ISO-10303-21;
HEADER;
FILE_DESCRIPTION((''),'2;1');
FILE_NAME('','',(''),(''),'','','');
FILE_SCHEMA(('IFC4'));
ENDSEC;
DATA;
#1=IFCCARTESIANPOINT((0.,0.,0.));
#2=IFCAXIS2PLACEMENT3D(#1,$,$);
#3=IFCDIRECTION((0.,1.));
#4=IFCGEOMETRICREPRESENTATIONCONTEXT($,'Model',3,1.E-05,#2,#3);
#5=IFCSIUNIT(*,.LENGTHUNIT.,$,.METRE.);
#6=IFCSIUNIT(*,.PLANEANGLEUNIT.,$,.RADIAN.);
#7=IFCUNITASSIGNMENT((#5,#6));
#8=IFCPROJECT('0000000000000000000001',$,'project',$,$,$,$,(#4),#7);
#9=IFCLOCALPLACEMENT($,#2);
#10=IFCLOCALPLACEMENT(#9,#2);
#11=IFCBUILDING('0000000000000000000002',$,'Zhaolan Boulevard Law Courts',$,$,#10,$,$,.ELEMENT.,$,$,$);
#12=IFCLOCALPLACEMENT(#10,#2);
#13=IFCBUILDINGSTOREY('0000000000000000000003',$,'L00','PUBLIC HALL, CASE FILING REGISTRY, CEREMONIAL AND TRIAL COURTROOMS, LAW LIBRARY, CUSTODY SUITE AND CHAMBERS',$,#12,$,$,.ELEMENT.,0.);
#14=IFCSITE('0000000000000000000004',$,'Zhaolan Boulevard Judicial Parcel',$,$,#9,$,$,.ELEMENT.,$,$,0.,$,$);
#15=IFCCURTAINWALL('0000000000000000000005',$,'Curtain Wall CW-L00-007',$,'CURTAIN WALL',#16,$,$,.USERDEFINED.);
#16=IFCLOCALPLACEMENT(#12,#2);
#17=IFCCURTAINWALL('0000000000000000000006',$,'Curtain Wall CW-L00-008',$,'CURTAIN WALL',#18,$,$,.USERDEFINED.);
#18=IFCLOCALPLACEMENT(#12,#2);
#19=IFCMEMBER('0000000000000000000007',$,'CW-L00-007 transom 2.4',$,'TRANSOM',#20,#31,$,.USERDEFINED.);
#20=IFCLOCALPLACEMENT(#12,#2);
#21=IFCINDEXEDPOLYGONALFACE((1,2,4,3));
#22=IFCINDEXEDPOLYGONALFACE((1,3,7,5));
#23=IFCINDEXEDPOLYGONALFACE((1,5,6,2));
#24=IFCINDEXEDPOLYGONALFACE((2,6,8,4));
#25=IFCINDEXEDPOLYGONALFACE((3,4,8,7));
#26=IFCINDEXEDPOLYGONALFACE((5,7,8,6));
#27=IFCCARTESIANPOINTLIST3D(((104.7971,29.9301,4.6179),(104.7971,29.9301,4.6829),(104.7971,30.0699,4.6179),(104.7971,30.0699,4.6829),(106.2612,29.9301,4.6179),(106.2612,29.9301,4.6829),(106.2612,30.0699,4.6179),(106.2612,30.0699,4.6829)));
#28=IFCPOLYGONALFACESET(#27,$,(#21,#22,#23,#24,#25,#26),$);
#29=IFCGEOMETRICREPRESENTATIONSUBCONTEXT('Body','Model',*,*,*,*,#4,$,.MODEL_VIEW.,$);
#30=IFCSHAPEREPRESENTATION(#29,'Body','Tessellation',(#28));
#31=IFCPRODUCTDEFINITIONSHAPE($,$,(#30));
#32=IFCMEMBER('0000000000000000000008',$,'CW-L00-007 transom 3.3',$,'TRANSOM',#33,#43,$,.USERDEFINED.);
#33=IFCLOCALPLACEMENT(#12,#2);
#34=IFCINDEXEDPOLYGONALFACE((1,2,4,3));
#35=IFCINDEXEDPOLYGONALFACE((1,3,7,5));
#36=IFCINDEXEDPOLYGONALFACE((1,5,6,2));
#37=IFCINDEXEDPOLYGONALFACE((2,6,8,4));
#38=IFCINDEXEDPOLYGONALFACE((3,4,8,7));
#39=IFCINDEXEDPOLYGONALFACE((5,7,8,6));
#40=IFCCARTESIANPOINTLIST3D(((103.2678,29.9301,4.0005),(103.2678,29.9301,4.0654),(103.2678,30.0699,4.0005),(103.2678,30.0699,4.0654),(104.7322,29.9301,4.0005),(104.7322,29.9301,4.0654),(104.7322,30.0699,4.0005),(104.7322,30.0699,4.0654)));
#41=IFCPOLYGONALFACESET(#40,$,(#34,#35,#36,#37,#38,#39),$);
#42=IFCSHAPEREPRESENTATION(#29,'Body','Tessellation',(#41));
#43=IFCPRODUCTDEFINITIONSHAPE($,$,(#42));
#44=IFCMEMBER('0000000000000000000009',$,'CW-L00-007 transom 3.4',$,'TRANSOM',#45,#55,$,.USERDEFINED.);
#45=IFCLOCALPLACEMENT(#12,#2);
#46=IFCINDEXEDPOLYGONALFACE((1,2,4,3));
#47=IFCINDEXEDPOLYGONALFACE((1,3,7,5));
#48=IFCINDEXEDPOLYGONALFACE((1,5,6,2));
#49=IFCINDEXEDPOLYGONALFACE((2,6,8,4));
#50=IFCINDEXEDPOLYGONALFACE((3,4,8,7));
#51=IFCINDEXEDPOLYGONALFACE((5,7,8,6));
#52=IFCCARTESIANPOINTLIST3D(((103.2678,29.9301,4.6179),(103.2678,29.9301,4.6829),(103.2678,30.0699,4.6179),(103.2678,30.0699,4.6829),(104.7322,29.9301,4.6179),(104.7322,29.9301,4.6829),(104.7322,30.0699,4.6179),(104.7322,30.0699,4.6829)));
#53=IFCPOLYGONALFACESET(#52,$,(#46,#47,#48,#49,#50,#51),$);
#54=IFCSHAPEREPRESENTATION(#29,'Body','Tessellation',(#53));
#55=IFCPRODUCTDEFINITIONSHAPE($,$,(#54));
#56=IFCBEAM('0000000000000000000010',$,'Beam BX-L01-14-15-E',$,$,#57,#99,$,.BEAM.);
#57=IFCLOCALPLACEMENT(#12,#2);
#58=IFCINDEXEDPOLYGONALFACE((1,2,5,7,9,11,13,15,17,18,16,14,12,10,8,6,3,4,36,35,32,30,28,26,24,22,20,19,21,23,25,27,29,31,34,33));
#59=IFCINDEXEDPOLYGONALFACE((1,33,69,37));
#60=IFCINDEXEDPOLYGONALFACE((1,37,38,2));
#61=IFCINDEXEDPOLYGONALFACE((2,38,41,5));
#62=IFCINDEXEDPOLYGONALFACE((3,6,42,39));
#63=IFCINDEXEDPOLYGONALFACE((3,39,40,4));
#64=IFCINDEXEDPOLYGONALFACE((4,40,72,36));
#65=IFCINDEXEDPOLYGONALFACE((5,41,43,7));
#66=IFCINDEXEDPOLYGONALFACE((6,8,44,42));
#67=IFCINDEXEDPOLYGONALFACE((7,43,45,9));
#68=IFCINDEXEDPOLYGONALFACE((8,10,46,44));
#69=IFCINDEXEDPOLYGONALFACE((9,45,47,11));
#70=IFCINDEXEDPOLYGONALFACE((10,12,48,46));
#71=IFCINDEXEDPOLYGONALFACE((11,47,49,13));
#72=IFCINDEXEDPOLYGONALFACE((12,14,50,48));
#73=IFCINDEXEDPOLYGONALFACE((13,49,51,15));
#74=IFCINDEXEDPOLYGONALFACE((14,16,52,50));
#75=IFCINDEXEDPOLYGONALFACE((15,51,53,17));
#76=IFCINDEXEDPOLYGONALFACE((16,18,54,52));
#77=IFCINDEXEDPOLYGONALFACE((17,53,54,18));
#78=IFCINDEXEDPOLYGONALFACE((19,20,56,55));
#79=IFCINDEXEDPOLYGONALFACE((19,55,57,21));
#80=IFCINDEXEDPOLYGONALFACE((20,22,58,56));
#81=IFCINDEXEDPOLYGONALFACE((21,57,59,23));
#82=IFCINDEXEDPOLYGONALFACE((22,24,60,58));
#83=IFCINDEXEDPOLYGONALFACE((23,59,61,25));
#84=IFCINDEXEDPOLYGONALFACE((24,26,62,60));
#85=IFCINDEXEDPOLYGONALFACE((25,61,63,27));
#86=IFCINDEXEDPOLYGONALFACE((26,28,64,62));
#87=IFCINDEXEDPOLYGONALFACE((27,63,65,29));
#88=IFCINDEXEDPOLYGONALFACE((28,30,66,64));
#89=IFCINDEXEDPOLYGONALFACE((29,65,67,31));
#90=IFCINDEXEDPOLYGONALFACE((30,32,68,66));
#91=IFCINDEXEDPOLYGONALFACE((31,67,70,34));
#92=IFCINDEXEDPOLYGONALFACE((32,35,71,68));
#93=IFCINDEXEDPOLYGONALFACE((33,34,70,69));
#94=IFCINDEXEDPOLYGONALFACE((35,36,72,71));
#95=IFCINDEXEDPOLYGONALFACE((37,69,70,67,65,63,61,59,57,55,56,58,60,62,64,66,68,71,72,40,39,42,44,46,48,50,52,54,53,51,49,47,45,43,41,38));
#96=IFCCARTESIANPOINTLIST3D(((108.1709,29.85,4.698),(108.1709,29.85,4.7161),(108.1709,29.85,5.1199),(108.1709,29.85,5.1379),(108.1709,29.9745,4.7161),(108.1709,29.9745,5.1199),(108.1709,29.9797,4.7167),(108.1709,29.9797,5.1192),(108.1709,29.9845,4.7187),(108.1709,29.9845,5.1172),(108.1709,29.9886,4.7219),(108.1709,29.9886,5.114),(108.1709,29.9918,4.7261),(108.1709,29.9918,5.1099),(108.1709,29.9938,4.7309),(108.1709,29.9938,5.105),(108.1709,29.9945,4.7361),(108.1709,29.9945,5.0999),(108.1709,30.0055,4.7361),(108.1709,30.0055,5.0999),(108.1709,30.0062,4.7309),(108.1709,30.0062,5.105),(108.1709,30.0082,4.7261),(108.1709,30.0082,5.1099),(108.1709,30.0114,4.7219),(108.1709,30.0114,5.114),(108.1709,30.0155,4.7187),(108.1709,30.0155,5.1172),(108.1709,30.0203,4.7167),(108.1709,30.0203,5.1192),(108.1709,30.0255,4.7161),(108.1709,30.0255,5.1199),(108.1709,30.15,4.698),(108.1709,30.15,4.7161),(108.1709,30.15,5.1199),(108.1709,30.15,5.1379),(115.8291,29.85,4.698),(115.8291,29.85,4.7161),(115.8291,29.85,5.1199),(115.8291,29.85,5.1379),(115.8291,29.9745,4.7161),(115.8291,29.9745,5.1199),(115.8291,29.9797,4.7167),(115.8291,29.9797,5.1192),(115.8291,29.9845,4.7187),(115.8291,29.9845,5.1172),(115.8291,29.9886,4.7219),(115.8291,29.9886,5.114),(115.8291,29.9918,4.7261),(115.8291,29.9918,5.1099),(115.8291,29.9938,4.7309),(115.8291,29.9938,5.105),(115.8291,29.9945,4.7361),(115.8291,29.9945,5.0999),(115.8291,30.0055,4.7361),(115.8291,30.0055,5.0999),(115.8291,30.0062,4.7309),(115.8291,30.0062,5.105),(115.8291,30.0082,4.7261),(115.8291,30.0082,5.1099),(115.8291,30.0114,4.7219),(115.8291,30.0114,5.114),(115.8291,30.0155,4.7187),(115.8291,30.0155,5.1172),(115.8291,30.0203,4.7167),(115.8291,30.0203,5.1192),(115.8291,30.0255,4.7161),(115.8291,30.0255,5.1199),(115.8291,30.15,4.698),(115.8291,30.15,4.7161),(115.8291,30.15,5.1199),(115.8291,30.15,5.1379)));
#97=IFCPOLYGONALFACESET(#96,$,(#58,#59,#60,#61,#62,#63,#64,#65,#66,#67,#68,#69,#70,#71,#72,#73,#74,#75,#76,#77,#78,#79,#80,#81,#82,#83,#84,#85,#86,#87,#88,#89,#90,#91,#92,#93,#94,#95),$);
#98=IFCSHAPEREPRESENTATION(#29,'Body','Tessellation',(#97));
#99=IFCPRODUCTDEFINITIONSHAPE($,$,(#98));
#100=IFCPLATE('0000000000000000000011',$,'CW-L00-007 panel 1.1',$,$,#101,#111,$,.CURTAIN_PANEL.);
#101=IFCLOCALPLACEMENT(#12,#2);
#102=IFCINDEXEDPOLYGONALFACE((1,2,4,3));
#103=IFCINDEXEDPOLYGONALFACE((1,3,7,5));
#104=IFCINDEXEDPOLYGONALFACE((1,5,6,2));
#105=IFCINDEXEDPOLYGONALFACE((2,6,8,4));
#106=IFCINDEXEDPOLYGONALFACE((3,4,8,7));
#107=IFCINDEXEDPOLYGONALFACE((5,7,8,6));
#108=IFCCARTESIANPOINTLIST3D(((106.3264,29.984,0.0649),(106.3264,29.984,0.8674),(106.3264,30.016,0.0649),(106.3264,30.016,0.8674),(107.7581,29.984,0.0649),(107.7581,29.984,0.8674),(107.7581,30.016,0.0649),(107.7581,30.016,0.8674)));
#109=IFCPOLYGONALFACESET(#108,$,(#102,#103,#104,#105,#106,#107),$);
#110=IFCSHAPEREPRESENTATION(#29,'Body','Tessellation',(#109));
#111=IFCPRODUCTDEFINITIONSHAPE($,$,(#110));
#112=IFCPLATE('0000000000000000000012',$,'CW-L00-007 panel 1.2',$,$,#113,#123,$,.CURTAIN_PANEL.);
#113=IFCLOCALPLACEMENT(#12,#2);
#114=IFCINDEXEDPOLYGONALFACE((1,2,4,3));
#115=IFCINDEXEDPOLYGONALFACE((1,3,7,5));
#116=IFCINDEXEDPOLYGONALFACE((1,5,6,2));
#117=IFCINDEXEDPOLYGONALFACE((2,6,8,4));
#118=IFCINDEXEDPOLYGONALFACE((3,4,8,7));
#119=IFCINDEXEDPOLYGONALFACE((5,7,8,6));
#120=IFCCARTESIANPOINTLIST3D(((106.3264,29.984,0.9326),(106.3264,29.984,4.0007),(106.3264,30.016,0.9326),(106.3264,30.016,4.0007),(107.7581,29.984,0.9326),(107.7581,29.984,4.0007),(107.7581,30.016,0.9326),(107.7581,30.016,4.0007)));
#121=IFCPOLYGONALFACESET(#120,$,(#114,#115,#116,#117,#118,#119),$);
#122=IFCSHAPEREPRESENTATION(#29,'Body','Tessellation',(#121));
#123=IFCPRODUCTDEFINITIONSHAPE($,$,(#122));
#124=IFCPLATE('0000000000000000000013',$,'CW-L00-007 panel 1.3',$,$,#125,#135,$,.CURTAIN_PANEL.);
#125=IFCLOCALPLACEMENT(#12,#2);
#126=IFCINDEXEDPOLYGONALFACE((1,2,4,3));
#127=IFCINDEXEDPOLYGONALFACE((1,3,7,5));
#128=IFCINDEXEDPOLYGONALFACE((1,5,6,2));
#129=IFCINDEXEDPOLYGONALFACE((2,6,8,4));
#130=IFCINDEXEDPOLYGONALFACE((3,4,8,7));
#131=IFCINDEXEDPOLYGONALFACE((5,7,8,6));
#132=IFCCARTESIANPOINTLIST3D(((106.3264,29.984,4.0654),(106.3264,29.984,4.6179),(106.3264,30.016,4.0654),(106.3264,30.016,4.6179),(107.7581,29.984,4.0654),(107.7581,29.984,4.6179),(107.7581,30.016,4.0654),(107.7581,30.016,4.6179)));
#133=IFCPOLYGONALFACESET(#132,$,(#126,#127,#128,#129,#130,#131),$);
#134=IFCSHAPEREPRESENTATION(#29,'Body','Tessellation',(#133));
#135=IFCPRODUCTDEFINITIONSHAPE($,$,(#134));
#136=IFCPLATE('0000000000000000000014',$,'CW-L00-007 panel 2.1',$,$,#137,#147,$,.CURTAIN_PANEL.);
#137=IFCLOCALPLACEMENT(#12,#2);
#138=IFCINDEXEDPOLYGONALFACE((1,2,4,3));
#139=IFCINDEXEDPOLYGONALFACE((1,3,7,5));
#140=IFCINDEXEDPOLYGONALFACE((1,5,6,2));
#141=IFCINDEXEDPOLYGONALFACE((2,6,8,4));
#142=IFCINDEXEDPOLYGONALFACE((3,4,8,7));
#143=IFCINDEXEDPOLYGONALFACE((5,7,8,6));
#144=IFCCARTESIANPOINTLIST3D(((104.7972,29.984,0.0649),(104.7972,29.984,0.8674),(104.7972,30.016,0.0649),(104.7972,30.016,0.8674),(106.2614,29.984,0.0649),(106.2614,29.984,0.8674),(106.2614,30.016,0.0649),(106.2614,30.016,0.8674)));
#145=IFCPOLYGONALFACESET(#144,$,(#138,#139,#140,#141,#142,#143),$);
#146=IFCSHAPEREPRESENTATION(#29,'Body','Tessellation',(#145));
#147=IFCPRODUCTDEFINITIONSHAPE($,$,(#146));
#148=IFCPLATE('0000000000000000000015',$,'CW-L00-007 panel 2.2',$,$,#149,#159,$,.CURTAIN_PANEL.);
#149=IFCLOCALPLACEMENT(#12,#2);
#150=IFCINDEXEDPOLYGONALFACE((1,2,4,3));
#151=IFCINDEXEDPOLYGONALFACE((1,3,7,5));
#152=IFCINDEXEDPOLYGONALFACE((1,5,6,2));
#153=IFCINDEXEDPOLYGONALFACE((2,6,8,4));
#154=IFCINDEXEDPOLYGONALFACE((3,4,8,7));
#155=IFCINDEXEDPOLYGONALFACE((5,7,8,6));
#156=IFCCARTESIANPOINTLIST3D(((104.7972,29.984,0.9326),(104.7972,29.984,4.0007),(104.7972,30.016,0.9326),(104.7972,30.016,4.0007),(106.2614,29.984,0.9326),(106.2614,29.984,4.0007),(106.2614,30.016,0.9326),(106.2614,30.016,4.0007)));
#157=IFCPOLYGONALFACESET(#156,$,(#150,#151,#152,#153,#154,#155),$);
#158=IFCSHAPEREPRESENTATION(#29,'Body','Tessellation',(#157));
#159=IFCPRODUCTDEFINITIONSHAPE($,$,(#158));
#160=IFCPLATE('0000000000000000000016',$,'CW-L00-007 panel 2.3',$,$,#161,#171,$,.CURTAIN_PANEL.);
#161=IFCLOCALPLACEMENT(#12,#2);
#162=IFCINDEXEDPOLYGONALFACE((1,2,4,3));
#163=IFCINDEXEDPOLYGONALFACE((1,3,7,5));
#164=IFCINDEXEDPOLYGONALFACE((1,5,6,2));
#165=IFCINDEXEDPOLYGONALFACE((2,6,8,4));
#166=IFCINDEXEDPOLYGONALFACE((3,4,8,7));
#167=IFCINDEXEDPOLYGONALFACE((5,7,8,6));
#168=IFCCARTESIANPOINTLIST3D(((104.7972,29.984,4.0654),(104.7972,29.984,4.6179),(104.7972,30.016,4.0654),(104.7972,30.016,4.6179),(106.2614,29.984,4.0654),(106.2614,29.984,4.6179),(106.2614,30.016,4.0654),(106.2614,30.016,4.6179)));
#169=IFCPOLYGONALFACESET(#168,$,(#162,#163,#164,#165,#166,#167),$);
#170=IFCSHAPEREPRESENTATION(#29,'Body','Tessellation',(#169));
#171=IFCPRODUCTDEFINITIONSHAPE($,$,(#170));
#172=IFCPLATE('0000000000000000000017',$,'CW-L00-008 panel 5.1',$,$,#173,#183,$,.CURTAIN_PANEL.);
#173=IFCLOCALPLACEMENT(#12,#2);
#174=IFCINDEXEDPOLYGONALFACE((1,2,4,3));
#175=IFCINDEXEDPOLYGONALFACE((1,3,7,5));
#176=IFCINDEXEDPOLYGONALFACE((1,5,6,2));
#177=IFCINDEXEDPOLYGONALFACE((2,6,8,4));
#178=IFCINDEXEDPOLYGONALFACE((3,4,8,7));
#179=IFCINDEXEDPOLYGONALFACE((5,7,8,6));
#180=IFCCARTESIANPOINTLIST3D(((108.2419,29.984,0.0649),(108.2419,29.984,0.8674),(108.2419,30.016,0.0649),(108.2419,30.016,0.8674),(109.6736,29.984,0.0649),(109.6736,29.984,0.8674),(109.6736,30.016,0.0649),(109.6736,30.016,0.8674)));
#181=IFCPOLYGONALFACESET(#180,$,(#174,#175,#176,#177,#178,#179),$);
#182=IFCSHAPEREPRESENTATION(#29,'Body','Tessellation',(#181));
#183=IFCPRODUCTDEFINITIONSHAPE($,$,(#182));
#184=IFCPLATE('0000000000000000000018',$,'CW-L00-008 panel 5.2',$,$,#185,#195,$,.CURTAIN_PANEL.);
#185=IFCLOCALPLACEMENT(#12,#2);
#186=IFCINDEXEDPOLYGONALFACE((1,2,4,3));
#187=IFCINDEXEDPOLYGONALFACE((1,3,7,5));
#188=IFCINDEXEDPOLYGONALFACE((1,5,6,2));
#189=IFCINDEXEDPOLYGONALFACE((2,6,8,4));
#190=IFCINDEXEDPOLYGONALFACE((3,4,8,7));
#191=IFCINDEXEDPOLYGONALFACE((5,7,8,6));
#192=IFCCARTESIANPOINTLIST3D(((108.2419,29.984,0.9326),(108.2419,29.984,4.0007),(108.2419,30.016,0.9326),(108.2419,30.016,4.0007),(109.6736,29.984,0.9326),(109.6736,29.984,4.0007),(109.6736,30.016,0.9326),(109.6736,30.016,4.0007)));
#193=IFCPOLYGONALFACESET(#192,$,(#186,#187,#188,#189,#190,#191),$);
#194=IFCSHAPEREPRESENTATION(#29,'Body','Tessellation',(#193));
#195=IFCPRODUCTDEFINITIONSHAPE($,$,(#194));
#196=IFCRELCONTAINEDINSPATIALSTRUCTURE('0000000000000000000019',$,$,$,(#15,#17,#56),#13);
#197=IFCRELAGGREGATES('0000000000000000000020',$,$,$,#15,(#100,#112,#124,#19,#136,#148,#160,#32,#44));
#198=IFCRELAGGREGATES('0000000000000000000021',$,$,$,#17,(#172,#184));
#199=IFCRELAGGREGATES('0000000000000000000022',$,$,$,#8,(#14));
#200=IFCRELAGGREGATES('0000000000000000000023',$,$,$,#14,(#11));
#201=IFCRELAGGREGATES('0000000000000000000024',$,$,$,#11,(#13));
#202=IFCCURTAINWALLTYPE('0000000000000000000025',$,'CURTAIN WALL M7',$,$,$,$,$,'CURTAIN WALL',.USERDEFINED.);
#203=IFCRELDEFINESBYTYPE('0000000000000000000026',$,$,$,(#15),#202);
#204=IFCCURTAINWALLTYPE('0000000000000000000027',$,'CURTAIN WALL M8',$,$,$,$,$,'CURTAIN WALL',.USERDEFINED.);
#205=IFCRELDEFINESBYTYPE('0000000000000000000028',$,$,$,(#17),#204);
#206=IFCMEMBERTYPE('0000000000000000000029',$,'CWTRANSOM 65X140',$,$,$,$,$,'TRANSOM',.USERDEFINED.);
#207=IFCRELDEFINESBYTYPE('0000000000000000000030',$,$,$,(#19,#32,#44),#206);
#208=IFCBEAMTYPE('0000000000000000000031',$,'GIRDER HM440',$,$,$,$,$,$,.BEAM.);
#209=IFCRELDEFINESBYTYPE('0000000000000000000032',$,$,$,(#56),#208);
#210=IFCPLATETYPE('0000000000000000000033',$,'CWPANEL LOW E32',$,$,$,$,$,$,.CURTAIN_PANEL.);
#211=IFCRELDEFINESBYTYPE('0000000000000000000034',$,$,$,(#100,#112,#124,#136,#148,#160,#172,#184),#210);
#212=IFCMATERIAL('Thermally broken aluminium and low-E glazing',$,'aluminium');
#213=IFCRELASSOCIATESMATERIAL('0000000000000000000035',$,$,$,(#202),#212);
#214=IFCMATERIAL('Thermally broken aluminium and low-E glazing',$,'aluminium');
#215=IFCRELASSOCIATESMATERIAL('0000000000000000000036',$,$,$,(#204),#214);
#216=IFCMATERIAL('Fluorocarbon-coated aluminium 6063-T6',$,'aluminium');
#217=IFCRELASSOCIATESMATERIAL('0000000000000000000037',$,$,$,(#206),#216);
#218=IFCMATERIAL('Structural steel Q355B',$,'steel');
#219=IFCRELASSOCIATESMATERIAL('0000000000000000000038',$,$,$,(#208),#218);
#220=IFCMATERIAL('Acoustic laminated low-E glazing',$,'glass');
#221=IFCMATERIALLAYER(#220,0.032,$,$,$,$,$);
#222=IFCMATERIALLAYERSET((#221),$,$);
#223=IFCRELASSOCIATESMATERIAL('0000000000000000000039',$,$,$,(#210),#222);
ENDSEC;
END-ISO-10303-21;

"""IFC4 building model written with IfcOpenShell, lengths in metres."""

from ifc_helpers import new_model, si_unit, direction, frame, origin, origin_2d, place, context, subcontext, project, spatial, rectangle, i_section, extrude, material, layer, layer_set, material_profile, profile_set, type_object, element, aggregate, save


model = new_model("IFC4")

# Units and contexts
model_context = context("Model", 3, precision=1e-05, world=origin(), true_north=direction((0.0, 1.0)))
body_context = subcontext(model_context, "Body", "Model", "MODEL_VIEW")
ifc_project = project(units=[si_unit("LENGTHUNIT", "METRE"), si_unit("PLANEANGLEUNIT", "RADIAN")], contexts=[model_context])

# Site, building, storey
site_placement = place(None, origin())
site = spatial("IfcSite", under=ifc_project, at=site_placement, Name="Zhaolan Boulevard Judicial Parcel", CompositionType="ELEMENT", RefElevation=0.0)
building_placement = place(site_placement, origin())
building = spatial("IfcBuilding", under=site, at=building_placement, Name="Zhaolan Boulevard Law Courts", CompositionType="ELEMENT")
storey_placement = place(building_placement, origin())
storey = spatial("IfcBuildingStorey", under=building, at=storey_placement, Name="L00", Description="PUBLIC HALL, CASE FILING REGISTRY, CEREMONIAL AND TRIAL COURTROOMS, LAW LIBRARY, CUSTODY SUITE AND CHAMBERS", CompositionType="ELEMENT", Elevation=0.0)

# Curtain wall
ifc_material_1 = material(Name="Thermally broken aluminium and low-E glazing", Category="aluminium")
curtain_wall_type_1 = type_object("IfcCurtainWallType", Name="CURTAIN WALL M7", ElementType="CURTAIN WALL", PredefinedType="USERDEFINED", material=ifc_material_1)
curtain_wall_1_placement = place(storey_placement, origin())
curtain_wall_1 = element("IfcCurtainWall", 1, at=curtain_wall_1_placement, inside=storey, type_object=curtain_wall_type_1, Name="Curtain Wall CW-L00-007", ObjectType="CURTAIN WALL", PredefinedType="USERDEFINED")

# Curtain wall
ifc_material_2 = material(Name="Thermally broken aluminium and low-E glazing", Category="aluminium")
curtain_wall_type_2 = type_object("IfcCurtainWallType", Name="CURTAIN WALL M8", ElementType="CURTAIN WALL", PredefinedType="USERDEFINED", material=ifc_material_2)
curtain_wall_2_placement = place(storey_placement, origin())
curtain_wall_2 = element("IfcCurtainWall", 2, at=curtain_wall_2_placement, inside=storey, type_object=curtain_wall_type_2, Name="Curtain Wall CW-L00-008", ObjectType="CURTAIN WALL", PredefinedType="USERDEFINED")

# Members
ifc_material_3 = material(Name="Fluorocarbon-coated aluminium 6063-T6", Category="aluminium")
ifc_material_profile_1 = material_profile(ifc_material_3, rectangle(XDim=0.1399, YDim=0.0649, at=origin_2d()), Name="AL65x140")
ifc_profile_set_1 = profile_set([ifc_material_profile_1], Name="Fluorocarbon-coated aluminium 6063-T6")
member_type_1 = type_object("IfcMemberType", Name="CWTRANSOM 65X140", ElementType="TRANSOM", PredefinedType="USERDEFINED", material=ifc_profile_set_1)
member_1_placement = place(storey_placement, frame((106.2612, 30.0, 4.6504), z_axis=(-1.0, 0.0, 0.0), x_axis=(0.0, -1.0, 0.0)))
member_1 = element("IfcMember", 3, at=member_1_placement, type_object=member_type_1, Name="CW-L00-007 transom 2.4", ObjectType="TRANSOM", PredefinedType="USERDEFINED", context=body_context, shape_type="SweptSolid", body=[
    extrude(rectangle(XDim=0.1399, YDim=0.0649, at=origin_2d()), origin(), (0.0, 0.0, 1.0), 1.4641),
])
member_2_placement = place(storey_placement, frame((104.7322, 30.0, 4.033), z_axis=(-1.0, 0.0, 0.0), x_axis=(0.0, -1.0, 0.0)))
member_2 = element("IfcMember", 4, at=member_2_placement, type_object=member_type_1, Name="CW-L00-007 transom 3.3", ObjectType="TRANSOM", PredefinedType="USERDEFINED", context=body_context, shape_type="SweptSolid", body=[
    extrude(rectangle(XDim=0.1399, YDim=0.0649, at=origin_2d()), origin(), (0.0, 0.0, 1.0), 1.4644),
])
member_3_placement = place(storey_placement, frame((104.7322, 30.0, 4.6504), z_axis=(-1.0, 0.0, 0.0), x_axis=(0.0, -1.0, 0.0)))
member_3 = element("IfcMember", 5, at=member_3_placement, type_object=member_type_1, Name="CW-L00-007 transom 3.4", ObjectType="TRANSOM", PredefinedType="USERDEFINED", context=body_context, shape_type="SweptSolid", body=[
    extrude(rectangle(XDim=0.1399, YDim=0.0649, at=origin_2d()), origin(), (0.0, 0.0, 1.0), 1.4644),
])

# Beam
ifc_material_4 = material(Name="Structural steel Q355B", Category="steel")
ifc_material_profile_2 = material_profile(ifc_material_4, i_section(OverallWidth=0.3, OverallDepth=0.4399, WebThickness=0.011, FlangeThickness=0.0181, FilletRadius=0.02, at=origin_2d()), Name="HM440x300")
ifc_profile_set_2 = profile_set([ifc_material_profile_2], Name="Structural steel Q355B")
beam_type = type_object("IfcBeamType", Name="GIRDER HM440", PredefinedType="BEAM", material=ifc_profile_set_2)
beam_placement = place(storey_placement, frame((108.1709, 30.0, 4.918), z_axis=(1.0, 0.0, 0.0), x_axis=(0.0, 1.0, 0.0)))
element("IfcBeam", 6, at=beam_placement, inside=storey, type_object=beam_type, Name="Beam BX-L01-14-15-E", PredefinedType="BEAM", context=body_context, shape_type="SweptSolid", body=[
    extrude(i_section(OverallWidth=0.3, OverallDepth=0.4399, WebThickness=0.011, FlangeThickness=0.0181, FilletRadius=0.02, at=origin_2d()), origin(), (0.0, 0.0, 1.0), 7.6582),
])

# Plates
ifc_material_5 = material(Name="Acoustic laminated low-E glazing", Category="glass")
ifc_layer = layer(ifc_material_5, 0.032)
ifc_layer_set = layer_set([ifc_layer])
plate_type = type_object("IfcPlateType", Name="CWPANEL LOW E32", PredefinedType="CURTAIN_PANEL", material=ifc_layer_set)
plate_1_placement = place(storey_placement, frame((107.0422, 30.0, 0.0649), z_axis=(0.0, 0.0, 1.0), x_axis=(-1.0, 0.0, 0.0)))
plate_1 = element("IfcPlate", 7, at=plate_1_placement, type_object=plate_type, Name="CW-L00-007 panel 1.1", PredefinedType="CURTAIN_PANEL", context=body_context, shape_type="SweptSolid", body=[
    extrude(rectangle(XDim=1.4316, YDim=0.032, at=origin_2d()), origin(), (0.0, 0.0, 1.0), 0.8025),
])
plate_2_placement = place(storey_placement, frame((107.0422, 30.0, 0.9326), z_axis=(0.0, 0.0, 1.0), x_axis=(-1.0, 0.0, 0.0)))
plate_2 = element("IfcPlate", 8, at=plate_2_placement, type_object=plate_type, Name="CW-L00-007 panel 1.2", PredefinedType="CURTAIN_PANEL", context=body_context, shape_type="SweptSolid", body=[
    extrude(rectangle(XDim=1.4316, YDim=0.032, at=origin_2d()), origin(), (0.0, 0.0, 1.0), 3.0681),
])
plate_3_placement = place(storey_placement, frame((107.0422, 30.0, 4.0654), z_axis=(0.0, 0.0, 1.0), x_axis=(-1.0, 0.0, 0.0)))
plate_3 = element("IfcPlate", 9, at=plate_3_placement, type_object=plate_type, Name="CW-L00-007 panel 1.3", PredefinedType="CURTAIN_PANEL", context=body_context, shape_type="SweptSolid", body=[
    extrude(rectangle(XDim=1.4316, YDim=0.032, at=origin_2d()), origin(), (0.0, 0.0, 1.0), 0.5525),
])
plate_4_placement = place(storey_placement, frame((105.5293, 30.0, 0.0649), z_axis=(0.0, 0.0, 1.0), x_axis=(-1.0, 0.0, 0.0)))
plate_4 = element("IfcPlate", 10, at=plate_4_placement, type_object=plate_type, Name="CW-L00-007 panel 2.1", PredefinedType="CURTAIN_PANEL", context=body_context, shape_type="SweptSolid", body=[
    extrude(rectangle(XDim=1.4641, YDim=0.032, at=origin_2d()), origin(), (0.0, 0.0, 1.0), 0.8025),
])
plate_5_placement = place(storey_placement, frame((105.5293, 30.0, 0.9326), z_axis=(0.0, 0.0, 1.0), x_axis=(-1.0, 0.0, 0.0)))
plate_5 = element("IfcPlate", 11, at=plate_5_placement, type_object=plate_type, Name="CW-L00-007 panel 2.2", PredefinedType="CURTAIN_PANEL", context=body_context, shape_type="SweptSolid", body=[
    extrude(rectangle(XDim=1.4641, YDim=0.032, at=origin_2d()), origin(), (0.0, 0.0, 1.0), 3.0681),
])
plate_6_placement = place(storey_placement, frame((105.5293, 30.0, 4.0654), z_axis=(0.0, 0.0, 1.0), x_axis=(-1.0, 0.0, 0.0)))
plate_6 = element("IfcPlate", 12, at=plate_6_placement, type_object=plate_type, Name="CW-L00-007 panel 2.3", PredefinedType="CURTAIN_PANEL", context=body_context, shape_type="SweptSolid", body=[
    extrude(rectangle(XDim=1.4641, YDim=0.032, at=origin_2d()), origin(), (0.0, 0.0, 1.0), 0.5525),
])
aggregate(curtain_wall_1, [plate_1, plate_2, plate_3, member_1, plate_4, plate_5, plate_6, member_2, member_3])
plate_7_placement = place(storey_placement, frame((108.9578, 30.0, 0.0649), z_axis=(0.0, 0.0, 1.0), x_axis=(-1.0, 0.0, 0.0)))
plate_7 = element("IfcPlate", 13, at=plate_7_placement, type_object=plate_type, Name="CW-L00-008 panel 5.1", PredefinedType="CURTAIN_PANEL", context=body_context, shape_type="SweptSolid", body=[
    extrude(rectangle(XDim=1.4316, YDim=0.032, at=origin_2d()), origin(), (0.0, 0.0, 1.0), 0.8025),
])
plate_8_placement = place(storey_placement, frame((108.9578, 30.0, 0.9326), z_axis=(0.0, 0.0, 1.0), x_axis=(-1.0, 0.0, 0.0)))
plate_8 = element("IfcPlate", 14, at=plate_8_placement, type_object=plate_type, Name="CW-L00-008 panel 5.2", PredefinedType="CURTAIN_PANEL", context=body_context, shape_type="SweptSolid", body=[
    extrude(rectangle(XDim=1.4316, YDim=0.032, at=origin_2d()), origin(), (0.0, 0.0, 1.0), 3.0681),
])
aggregate(curtain_wall_2, [plate_7, plate_8])

save(model, "model.ifc")
